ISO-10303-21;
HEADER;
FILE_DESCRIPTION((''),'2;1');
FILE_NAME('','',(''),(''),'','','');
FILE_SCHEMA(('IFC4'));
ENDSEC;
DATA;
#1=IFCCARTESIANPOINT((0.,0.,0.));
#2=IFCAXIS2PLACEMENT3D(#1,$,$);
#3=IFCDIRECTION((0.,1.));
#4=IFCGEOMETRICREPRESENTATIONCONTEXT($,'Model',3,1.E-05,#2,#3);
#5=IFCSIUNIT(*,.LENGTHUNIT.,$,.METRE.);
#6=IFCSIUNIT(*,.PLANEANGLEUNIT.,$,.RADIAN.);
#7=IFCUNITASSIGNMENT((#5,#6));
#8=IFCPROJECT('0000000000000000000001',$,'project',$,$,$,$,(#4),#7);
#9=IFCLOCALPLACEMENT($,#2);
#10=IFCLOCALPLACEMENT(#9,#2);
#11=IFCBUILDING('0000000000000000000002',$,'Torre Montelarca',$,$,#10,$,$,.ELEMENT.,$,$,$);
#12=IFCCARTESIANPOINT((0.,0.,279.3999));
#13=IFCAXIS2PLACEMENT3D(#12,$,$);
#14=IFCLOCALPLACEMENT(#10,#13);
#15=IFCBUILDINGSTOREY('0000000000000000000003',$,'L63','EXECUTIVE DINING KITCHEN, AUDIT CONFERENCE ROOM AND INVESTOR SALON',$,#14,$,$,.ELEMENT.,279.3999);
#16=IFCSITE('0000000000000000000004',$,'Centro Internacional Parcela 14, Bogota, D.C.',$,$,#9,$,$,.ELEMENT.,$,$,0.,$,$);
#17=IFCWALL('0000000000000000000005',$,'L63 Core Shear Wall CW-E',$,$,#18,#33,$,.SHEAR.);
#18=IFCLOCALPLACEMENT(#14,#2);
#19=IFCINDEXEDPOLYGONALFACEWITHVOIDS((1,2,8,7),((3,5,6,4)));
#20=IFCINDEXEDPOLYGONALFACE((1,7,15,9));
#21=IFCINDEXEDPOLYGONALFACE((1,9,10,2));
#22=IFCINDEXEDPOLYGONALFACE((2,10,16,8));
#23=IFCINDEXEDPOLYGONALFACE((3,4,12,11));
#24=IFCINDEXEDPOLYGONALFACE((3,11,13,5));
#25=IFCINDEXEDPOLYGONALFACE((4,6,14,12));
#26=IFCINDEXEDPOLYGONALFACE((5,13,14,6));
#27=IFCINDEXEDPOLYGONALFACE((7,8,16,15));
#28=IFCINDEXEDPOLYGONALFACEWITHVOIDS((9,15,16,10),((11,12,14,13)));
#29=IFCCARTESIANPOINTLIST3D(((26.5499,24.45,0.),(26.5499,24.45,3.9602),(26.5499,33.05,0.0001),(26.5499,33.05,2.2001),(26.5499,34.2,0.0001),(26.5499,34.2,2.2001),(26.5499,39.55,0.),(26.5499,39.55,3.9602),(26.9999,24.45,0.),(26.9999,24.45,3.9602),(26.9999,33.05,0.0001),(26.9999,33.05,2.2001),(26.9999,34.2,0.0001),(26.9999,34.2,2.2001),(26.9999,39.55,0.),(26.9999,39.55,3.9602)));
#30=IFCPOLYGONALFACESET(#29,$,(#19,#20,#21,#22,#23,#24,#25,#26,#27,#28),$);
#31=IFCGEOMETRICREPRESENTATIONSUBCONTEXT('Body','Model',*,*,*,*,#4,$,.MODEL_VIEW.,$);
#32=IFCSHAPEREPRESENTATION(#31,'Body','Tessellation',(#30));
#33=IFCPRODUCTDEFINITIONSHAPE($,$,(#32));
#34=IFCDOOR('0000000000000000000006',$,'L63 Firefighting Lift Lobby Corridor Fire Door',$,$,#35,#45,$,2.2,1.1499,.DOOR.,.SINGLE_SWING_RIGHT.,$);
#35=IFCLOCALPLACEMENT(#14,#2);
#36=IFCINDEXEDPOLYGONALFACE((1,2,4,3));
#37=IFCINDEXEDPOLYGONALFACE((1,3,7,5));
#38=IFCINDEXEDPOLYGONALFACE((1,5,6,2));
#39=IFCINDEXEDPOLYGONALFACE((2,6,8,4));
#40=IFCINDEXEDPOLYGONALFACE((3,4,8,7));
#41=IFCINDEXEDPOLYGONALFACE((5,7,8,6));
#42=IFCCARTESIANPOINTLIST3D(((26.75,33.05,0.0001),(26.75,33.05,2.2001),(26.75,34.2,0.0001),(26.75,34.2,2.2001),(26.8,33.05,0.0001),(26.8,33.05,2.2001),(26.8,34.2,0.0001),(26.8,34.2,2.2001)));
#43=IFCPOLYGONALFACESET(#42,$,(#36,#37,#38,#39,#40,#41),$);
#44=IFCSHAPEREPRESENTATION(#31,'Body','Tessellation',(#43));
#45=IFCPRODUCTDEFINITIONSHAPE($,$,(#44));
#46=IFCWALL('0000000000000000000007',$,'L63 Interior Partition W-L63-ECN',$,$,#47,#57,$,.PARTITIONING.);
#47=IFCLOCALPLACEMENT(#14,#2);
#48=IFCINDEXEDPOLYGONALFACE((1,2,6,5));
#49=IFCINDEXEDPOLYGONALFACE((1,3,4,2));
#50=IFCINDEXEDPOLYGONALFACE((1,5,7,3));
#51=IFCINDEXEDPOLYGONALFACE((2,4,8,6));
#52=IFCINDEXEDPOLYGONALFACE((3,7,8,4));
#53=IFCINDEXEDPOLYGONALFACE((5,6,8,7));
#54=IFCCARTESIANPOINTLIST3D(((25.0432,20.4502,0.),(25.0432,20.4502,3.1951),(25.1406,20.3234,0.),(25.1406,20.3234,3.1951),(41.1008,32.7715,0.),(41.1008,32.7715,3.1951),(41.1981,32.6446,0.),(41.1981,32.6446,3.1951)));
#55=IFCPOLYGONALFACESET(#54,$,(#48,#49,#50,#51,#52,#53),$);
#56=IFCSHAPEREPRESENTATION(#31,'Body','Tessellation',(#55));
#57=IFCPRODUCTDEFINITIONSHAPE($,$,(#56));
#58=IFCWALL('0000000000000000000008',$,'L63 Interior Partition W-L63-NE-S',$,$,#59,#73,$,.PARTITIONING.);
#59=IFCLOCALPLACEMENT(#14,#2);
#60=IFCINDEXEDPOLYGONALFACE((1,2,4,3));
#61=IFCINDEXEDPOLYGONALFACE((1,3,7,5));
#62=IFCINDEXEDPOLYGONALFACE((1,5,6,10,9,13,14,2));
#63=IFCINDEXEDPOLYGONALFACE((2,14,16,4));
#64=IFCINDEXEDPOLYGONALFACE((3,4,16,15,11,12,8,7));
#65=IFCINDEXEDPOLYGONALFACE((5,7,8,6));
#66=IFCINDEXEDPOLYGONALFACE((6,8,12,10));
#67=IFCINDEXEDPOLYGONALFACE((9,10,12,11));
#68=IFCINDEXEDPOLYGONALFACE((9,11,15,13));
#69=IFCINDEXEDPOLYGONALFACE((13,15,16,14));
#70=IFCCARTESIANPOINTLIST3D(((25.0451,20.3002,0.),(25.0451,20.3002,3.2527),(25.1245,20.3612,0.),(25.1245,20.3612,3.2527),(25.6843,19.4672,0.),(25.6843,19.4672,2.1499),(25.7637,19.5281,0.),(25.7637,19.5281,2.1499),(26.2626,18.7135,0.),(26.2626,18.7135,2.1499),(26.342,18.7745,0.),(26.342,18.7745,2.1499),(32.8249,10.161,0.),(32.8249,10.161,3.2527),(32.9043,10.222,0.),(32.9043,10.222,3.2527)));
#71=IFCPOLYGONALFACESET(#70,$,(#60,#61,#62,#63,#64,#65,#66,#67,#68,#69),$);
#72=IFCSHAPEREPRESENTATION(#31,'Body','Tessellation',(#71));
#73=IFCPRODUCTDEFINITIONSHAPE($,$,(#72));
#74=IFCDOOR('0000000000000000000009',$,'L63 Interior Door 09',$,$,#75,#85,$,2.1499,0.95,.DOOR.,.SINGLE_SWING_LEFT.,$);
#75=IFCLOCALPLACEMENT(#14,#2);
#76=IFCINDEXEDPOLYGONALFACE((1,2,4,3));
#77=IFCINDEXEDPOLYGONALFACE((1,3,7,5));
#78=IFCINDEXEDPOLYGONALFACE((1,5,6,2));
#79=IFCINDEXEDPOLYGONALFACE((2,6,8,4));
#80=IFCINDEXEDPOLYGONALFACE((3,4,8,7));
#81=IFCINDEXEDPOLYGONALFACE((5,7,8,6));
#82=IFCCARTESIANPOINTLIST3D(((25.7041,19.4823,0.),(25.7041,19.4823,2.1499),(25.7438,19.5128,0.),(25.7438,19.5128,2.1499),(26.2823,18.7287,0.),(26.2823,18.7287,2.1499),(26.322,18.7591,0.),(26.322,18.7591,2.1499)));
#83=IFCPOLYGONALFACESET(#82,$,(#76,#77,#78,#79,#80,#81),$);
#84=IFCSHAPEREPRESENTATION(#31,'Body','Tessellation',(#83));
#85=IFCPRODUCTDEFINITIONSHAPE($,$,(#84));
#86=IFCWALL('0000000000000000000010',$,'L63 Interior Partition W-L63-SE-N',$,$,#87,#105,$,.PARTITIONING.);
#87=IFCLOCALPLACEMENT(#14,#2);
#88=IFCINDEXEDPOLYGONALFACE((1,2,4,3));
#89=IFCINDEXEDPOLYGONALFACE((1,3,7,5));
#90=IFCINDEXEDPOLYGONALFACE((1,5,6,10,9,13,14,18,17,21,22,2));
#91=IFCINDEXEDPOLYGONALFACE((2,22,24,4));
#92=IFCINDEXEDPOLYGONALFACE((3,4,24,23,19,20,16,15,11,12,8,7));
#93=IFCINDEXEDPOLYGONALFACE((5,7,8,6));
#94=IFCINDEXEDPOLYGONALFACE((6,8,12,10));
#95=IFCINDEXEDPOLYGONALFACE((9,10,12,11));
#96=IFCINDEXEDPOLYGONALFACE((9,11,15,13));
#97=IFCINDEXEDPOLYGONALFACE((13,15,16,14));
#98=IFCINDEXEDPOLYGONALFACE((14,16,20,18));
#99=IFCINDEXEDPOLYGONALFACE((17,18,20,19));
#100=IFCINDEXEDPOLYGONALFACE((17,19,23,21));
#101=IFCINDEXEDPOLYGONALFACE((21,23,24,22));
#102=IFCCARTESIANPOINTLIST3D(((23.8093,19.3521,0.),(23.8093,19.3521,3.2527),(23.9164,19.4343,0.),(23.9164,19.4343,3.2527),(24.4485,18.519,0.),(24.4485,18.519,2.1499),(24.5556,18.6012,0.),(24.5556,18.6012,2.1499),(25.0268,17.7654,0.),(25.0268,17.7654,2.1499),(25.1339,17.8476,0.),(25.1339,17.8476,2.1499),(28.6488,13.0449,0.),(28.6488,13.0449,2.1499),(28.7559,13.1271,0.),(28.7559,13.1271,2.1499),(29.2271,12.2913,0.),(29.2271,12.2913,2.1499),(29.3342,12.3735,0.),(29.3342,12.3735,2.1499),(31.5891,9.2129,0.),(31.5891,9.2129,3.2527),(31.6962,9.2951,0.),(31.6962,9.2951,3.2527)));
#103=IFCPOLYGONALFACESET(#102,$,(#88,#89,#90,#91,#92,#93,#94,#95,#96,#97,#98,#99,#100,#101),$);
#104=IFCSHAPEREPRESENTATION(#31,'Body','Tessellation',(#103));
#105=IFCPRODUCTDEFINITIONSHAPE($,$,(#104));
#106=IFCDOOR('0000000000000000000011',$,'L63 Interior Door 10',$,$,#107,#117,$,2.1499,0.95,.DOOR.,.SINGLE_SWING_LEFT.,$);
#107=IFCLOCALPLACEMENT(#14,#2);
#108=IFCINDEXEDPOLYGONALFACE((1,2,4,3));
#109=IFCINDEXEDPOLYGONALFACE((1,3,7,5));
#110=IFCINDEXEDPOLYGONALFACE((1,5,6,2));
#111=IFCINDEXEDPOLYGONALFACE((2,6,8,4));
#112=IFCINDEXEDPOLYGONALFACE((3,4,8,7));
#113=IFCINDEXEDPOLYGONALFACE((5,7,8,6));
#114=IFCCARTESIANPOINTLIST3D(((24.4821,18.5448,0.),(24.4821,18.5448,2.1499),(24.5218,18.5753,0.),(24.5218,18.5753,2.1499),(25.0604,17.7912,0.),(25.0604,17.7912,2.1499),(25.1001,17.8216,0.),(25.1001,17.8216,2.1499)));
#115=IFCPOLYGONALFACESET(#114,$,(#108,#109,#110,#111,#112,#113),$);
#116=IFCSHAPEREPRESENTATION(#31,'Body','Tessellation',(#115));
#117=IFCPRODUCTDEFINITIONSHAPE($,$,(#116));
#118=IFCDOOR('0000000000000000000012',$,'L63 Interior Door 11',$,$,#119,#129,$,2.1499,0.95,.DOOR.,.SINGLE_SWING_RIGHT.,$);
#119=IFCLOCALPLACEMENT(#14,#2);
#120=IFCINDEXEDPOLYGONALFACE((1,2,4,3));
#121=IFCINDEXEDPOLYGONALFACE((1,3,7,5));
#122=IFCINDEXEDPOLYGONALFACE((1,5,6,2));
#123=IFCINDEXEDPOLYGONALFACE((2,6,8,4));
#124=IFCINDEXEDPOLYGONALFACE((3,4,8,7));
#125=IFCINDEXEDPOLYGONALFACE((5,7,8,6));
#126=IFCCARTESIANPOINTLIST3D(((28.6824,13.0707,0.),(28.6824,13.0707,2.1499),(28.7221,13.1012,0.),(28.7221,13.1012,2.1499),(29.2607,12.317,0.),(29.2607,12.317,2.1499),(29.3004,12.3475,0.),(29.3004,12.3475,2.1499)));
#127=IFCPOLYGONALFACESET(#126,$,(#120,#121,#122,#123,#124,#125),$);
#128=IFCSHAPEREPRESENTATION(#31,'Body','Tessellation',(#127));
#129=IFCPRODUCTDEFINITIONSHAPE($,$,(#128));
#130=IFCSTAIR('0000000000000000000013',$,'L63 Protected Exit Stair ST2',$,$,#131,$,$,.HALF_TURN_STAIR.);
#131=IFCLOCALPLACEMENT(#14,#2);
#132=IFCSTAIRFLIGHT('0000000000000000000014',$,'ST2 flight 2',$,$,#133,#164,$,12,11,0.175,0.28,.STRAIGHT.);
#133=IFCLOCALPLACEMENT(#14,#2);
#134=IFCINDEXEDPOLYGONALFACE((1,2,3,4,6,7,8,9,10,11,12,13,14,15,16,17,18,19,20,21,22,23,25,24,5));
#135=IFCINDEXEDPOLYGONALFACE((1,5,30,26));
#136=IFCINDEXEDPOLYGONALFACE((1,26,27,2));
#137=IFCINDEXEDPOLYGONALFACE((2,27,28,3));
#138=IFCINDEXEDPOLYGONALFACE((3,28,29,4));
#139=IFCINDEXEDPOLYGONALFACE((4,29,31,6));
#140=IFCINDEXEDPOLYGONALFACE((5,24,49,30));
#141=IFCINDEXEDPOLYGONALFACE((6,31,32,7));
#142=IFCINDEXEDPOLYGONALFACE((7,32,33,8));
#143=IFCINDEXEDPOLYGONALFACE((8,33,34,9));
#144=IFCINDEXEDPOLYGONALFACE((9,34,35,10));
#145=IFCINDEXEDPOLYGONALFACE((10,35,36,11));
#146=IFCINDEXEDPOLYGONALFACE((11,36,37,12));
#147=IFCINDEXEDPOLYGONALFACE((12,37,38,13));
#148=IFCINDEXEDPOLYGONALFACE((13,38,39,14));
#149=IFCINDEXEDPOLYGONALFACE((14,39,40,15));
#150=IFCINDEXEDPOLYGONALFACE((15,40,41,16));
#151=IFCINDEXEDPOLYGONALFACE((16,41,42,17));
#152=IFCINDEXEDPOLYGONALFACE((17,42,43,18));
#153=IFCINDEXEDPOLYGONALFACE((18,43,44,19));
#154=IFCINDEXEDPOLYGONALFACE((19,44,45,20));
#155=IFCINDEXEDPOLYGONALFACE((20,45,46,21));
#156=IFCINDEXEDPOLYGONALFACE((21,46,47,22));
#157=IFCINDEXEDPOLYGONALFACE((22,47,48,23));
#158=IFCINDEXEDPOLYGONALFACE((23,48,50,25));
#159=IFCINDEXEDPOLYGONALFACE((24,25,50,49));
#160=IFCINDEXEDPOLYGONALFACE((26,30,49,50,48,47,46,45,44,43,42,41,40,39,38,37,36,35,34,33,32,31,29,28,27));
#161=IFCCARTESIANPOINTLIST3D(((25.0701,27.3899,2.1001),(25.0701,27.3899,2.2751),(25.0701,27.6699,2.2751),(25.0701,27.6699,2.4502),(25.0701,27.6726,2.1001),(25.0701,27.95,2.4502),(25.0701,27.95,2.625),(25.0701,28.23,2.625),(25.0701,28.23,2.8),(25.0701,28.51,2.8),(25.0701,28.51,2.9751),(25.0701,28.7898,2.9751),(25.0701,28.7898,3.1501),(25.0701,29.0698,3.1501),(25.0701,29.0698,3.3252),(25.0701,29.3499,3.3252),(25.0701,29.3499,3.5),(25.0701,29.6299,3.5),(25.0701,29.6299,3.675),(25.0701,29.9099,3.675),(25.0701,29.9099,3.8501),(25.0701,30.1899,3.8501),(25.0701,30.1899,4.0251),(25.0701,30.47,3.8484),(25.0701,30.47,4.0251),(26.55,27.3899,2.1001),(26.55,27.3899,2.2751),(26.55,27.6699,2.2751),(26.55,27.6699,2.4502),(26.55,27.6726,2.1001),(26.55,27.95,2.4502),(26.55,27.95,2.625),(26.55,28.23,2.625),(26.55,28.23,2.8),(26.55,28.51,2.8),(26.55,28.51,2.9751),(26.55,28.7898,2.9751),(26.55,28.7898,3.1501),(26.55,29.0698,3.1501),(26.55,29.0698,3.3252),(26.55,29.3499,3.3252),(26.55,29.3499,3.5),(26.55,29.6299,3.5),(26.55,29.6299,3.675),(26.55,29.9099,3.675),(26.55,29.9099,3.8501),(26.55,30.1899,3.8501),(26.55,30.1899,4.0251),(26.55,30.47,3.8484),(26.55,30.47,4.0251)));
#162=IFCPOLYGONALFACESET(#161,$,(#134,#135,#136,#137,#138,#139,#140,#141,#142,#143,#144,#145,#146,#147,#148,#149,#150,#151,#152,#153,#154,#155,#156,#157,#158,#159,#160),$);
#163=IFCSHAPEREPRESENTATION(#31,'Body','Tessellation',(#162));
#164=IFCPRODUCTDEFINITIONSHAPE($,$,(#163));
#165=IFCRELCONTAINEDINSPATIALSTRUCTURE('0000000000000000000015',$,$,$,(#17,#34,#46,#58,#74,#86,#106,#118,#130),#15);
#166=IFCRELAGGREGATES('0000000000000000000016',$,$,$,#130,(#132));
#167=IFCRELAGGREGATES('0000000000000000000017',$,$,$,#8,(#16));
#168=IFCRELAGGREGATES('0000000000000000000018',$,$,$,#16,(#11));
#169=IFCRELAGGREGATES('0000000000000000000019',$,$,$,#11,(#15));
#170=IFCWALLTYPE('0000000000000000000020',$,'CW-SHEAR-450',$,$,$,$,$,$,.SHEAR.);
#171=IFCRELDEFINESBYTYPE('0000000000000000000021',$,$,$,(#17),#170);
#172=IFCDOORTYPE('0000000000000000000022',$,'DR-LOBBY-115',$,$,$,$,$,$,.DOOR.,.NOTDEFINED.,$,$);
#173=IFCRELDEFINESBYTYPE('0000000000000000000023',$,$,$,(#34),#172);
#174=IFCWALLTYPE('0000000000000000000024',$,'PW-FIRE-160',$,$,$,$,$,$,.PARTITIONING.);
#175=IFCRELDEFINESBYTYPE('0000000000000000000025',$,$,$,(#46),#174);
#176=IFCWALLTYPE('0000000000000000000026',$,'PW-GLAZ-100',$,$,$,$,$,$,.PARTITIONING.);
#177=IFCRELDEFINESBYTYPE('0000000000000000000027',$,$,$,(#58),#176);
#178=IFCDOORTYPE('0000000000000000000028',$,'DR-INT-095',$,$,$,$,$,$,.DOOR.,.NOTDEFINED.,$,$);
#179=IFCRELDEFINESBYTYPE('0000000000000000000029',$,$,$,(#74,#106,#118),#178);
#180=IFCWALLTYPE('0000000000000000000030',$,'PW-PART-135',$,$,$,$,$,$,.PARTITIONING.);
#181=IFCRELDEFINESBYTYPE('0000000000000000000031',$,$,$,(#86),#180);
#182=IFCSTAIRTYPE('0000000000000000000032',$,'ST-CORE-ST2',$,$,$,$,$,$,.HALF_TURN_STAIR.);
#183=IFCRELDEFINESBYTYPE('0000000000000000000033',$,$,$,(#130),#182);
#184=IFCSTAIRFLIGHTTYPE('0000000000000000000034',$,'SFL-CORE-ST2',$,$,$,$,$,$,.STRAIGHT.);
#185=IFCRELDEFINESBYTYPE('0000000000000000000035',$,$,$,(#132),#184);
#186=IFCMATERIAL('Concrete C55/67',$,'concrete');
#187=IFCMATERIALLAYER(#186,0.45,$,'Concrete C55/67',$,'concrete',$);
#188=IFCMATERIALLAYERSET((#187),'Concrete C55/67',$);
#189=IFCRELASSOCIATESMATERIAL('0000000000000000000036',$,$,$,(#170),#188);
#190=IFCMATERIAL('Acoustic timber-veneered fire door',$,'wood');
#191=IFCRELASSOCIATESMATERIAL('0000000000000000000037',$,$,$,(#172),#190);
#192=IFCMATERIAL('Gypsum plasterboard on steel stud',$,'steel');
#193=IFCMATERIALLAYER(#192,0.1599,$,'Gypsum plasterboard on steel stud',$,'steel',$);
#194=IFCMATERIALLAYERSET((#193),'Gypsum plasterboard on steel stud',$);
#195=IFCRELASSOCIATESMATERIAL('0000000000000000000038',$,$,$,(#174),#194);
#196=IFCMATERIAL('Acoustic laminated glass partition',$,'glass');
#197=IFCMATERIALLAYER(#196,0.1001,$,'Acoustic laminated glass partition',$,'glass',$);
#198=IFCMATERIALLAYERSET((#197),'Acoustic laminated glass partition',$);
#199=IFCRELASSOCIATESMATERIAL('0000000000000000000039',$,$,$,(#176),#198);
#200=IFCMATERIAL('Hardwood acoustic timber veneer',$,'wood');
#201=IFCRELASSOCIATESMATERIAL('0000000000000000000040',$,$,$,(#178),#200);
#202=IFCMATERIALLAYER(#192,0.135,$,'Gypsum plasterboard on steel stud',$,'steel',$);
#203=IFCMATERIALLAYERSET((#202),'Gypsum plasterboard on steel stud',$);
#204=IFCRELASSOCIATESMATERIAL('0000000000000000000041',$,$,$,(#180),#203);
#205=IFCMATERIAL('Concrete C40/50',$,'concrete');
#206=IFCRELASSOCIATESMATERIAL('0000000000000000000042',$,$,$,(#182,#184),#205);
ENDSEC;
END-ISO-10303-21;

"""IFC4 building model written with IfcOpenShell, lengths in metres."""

from ifc_helpers import new_model, si_unit, direction, frame, frame_2d, origin, place, context, subcontext, project, spatial, polyline, rectangle, outline, extrude, source, transform, mapped, material, layer, layer_set, type_object, element, fill, aggregate, save


model = new_model("IFC4")

# Units and contexts
model_context = context("Model", 3, precision=1e-05, world=origin(), true_north=direction((0.0, 1.0)))
body_context = subcontext(model_context, "Body", "Model", "MODEL_VIEW")
ifc_project = project(units=[si_unit("LENGTHUNIT", "METRE"), si_unit("PLANEANGLEUNIT", "RADIAN")], contexts=[model_context])

# Site, building, storey
site_placement = place(None, origin())
site = spatial("IfcSite", under=ifc_project, at=site_placement, Name="Centro Internacional Parcela 14, Bogota, D.C.", CompositionType="ELEMENT", RefElevation=0.0)
building_placement = place(site_placement, origin())
building = spatial("IfcBuilding", under=site, at=building_placement, Name="Torre Montelarca", CompositionType="ELEMENT")
storey_placement = place(building_placement, frame((0.0, 0.0, 279.3999)))
storey = spatial("IfcBuildingStorey", under=building, at=storey_placement, Name="L63", Description="EXECUTIVE DINING KITCHEN, AUDIT CONFERENCE ROOM AND INVESTOR SALON", CompositionType="ELEMENT", Elevation=279.3999)

# Shared definitions
ifc_material_1 = material(Name="Concrete C55/67", Category="concrete")

# Shared definitions
ifc_material_2 = material(Name="Concrete C40/50", Category="concrete")

# Wall, opening, door
ifc_layer_1 = layer(ifc_material_1, 0.45, Name="Concrete C55/67", Category="concrete")
ifc_layer_set_1 = layer_set([ifc_layer_1], Name="Concrete C55/67")
wall_type_1 = type_object("IfcWallType", Name="CW-SHEAR-450", PredefinedType="SHEAR", material=ifc_layer_set_1)
wall_1_placement = place(storey_placement, frame((26.7749, 24.45, 0.0), z_axis=(0.0, 0.0, 1.0), x_axis=(0.0, 1.0, 0.0)))
wall_1 = element("IfcWall", 1, at=wall_1_placement, inside=storey, type_object=wall_type_1, Name="L63 Core Shear Wall CW-E", PredefinedType="SHEAR", context=body_context, shape_type="SweptSolid", body=[
    extrude(rectangle(XDim=15.1001, YDim=0.45, at=frame_2d((7.55, 0.0))), origin(), (0.0, 0.0, 1.0), 3.9602),
])
opening_1_placement = place(wall_1_placement, frame((8.6001, 0.0, 0.0)))
opening_1 = element("IfcOpeningElement", 2, at=opening_1_placement, cuts=wall_1, PredefinedType="OPENING", context=body_context, shape_type="SweptSolid", body=[
    extrude(rectangle(XDim=1.1499, YDim=2.2, at=frame_2d((0.575, 1.1001))), frame((0.0, 0.2349, 0.0), z_axis=(0.0, -1.0, 0.0), x_axis=(1.0, 0.0, 0.0)), (0.0, 0.0, 1.0), 0.47),
])
ifc_material_3 = material(Name="Acoustic timber-veneered fire door", Category="wood")
door_type_1 = type_object("IfcDoorType", Name="DR-LOBBY-115", OperationType="NOTDEFINED", PredefinedType="DOOR", material=ifc_material_3)
shared_shape_1 = source(origin(), body_context, "Body", "SweptSolid", [
    extrude(rectangle(XDim=1.1499, YDim=2.2, at=frame_2d((0.575, 1.1001))), frame((0.0, 0.0249, 0.0), z_axis=(0.0, -1.0, 0.0), x_axis=(1.0, 0.0, 0.0)), (0.0, 0.0, 1.0), 0.05),
])
door_1_placement = place(opening_1_placement, origin())
door_1 = element("IfcDoor", 3, at=door_1_placement, inside=storey, type_object=door_type_1, Name="L63 Firefighting Lift Lobby Corridor Fire Door", OperationType="SINGLE_SWING_RIGHT", OverallHeight=2.2, OverallWidth=1.1499, PredefinedType="DOOR", context=body_context, shape_type="MappedRepresentation", body=[
    mapped(shared_shape_1, transform((0.0, 0.0, 0.0), scale=1.0)),
])
fill(opening_1, door_1)

# Wall
ifc_material_4 = material(Name="Gypsum plasterboard on steel stud", Category="steel")
ifc_layer_2 = layer(ifc_material_4, 0.1599, Name="Gypsum plasterboard on steel stud", Category="steel")
ifc_layer_set_2 = layer_set([ifc_layer_2], Name="Gypsum plasterboard on steel stud")
wall_type_2 = type_object("IfcWallType", Name="PW-FIRE-160", PredefinedType="PARTITIONING", material=ifc_layer_set_2)
wall_2_placement = place(storey_placement, frame((25.0918, 20.3867, 0.0), z_axis=(0.0, 0.0, 1.0), x_axis=(0.793357, 0.608757, 0.0)))
element("IfcWall", 4, at=wall_2_placement, inside=storey, type_object=wall_type_2, Name="L63 Interior Partition W-L63-ECN", PredefinedType="PARTITIONING", context=body_context, shape_type="SweptSolid", body=[
    extrude(rectangle(XDim=20.24, YDim=0.1599, at=frame_2d((10.1201, 0.0))), origin(), (0.0, 0.0, 1.0), 3.1951),
])

# Wall, opening, door
ifc_material_5 = material(Name="Acoustic laminated glass partition", Category="glass")
ifc_layer_3 = layer(ifc_material_5, 0.1001, Name="Acoustic laminated glass partition", Category="glass")
ifc_layer_set_3 = layer_set([ifc_layer_3], Name="Acoustic laminated glass partition")
wall_type_3 = type_object("IfcWallType", Name="PW-GLAZ-100", PredefinedType="PARTITIONING", material=ifc_layer_set_3)
wall_3_placement = place(storey_placement, frame((25.0847, 20.3308, 0.0), z_axis=(0.0, 0.0, 1.0), x_axis=(0.608748, -0.793363, 0.0)))
wall_3 = element("IfcWall", 5, at=wall_3_placement, inside=storey, type_object=wall_type_3, Name="L63 Interior Partition W-L63-NE-S", PredefinedType="PARTITIONING", context=body_context, shape_type="SweptSolid", body=[
    extrude(rectangle(XDim=12.78, YDim=0.1001, at=frame_2d((6.3901, 0.0))), origin(), (0.0, 0.0, 1.0), 3.2527),
])
opening_2_placement = place(wall_3_placement, frame((1.05, 0.0, 0.0)))
opening_2 = element("IfcOpeningElement", 6, at=opening_2_placement, cuts=wall_3, PredefinedType="OPENING", context=body_context, shape_type="SweptSolid", body=[
    extrude(rectangle(XDim=0.95, YDim=2.1499, at=frame_2d((0.4751, 1.075))), frame((0.0, 0.0601, 0.0), z_axis=(0.0, -1.0, 0.0), x_axis=(1.0, 0.0, 0.0)), (0.0, 0.0, 1.0), 0.1201),
])
ifc_material_6 = material(Name="Hardwood acoustic timber veneer", Category="wood")
door_type_2 = type_object("IfcDoorType", Name="DR-INT-095", OperationType="NOTDEFINED", PredefinedType="DOOR", material=ifc_material_6)
shared_shape_2 = source(origin(), body_context, "Body", "SweptSolid", [
    extrude(rectangle(XDim=0.95, YDim=2.1499, at=frame_2d((0.4751, 1.075))), frame((0.0, 0.0249, 0.0), z_axis=(0.0, -1.0, 0.0), x_axis=(1.0, 0.0, 0.0)), (0.0, 0.0, 1.0), 0.05),
])
door_2_placement = place(opening_2_placement, origin())
door_2 = element("IfcDoor", 7, at=door_2_placement, inside=storey, type_object=door_type_2, Name="L63 Interior Door 09", OperationType="SINGLE_SWING_LEFT", OverallHeight=2.1499, OverallWidth=0.95, PredefinedType="DOOR", context=body_context, shape_type="MappedRepresentation", body=[
    mapped(shared_shape_2, transform((0.0, 0.0, 0.0), scale=1.0)),
])
fill(opening_2, door_2)

# Wall, openings, doors
ifc_layer_4 = layer(ifc_material_4, 0.135, Name="Gypsum plasterboard on steel stud", Category="steel")
ifc_layer_set_4 = layer_set([ifc_layer_4], Name="Gypsum plasterboard on steel stud")
wall_type_4 = type_object("IfcWallType", Name="PW-PART-135", PredefinedType="PARTITIONING", material=ifc_layer_set_4)
wall_4_placement = place(storey_placement, frame((23.8628, 19.3933, 0.0), z_axis=(0.0, 0.0, 1.0), x_axis=(0.608748, -0.793363, 0.0)))
wall_4 = element("IfcWall", 8, at=wall_4_placement, inside=storey, type_object=wall_type_4, Name="L63 Interior Partition W-L63-SE-N", PredefinedType="PARTITIONING", context=body_context, shape_type="SweptSolid", body=[
    extrude(rectangle(XDim=12.78, YDim=0.135, at=frame_2d((6.3901, 0.0))), origin(), (0.0, 0.0, 1.0), 3.2527),
])
opening_3_placement = place(wall_4_placement, frame((1.05, 0.0, 0.0)))
opening_3 = element("IfcOpeningElement", 9, at=opening_3_placement, cuts=wall_4, PredefinedType="OPENING", context=body_context, shape_type="SweptSolid", body=[
    extrude(rectangle(XDim=0.95, YDim=2.1499, at=frame_2d((0.4751, 1.075))), frame((0.0, 0.0776, 0.0), z_axis=(0.0, -1.0, 0.0), x_axis=(1.0, 0.0, 0.0)), (0.0, 0.0, 1.0), 0.155),
])
opening_4_placement = place(wall_4_placement, frame((7.95, 0.0, 0.0)))
opening_4 = element("IfcOpeningElement", 10, at=opening_4_placement, cuts=wall_4, PredefinedType="OPENING", context=body_context, shape_type="SweptSolid", body=[
    extrude(rectangle(XDim=0.95, YDim=2.1499, at=frame_2d((0.4751, 1.075))), frame((0.0, 0.0776, 0.0), z_axis=(0.0, -1.0, 0.0), x_axis=(1.0, 0.0, 0.0)), (0.0, 0.0, 1.0), 0.155),
])
door_3_placement = place(opening_3_placement, origin())
door_3 = element("IfcDoor", 11, at=door_3_placement, inside=storey, type_object=door_type_2, Name="L63 Interior Door 10", OperationType="SINGLE_SWING_LEFT", OverallHeight=2.1499, OverallWidth=0.95, PredefinedType="DOOR", context=body_context, shape_type="MappedRepresentation", body=[
    mapped(shared_shape_2, transform((0.0, 0.0, 0.0), scale=1.0)),
])
fill(opening_3, door_3)
door_4_placement = place(opening_4_placement, origin())
door_4 = element("IfcDoor", 12, at=door_4_placement, inside=storey, type_object=door_type_2, Name="L63 Interior Door 11", OperationType="SINGLE_SWING_RIGHT", OverallHeight=2.1499, OverallWidth=0.95, PredefinedType="DOOR", context=body_context, shape_type="MappedRepresentation", body=[
    mapped(shared_shape_2, transform((0.0, 0.0, 0.0), scale=1.0)),
])
fill(opening_4, door_4)

# Stair, stair flight
stair_type = type_object("IfcStairType", Name="ST-CORE-ST2", PredefinedType="HALF_TURN_STAIR", material=ifc_material_2)
stair_placement = place(storey_placement, origin())
stair = element("IfcStair", 13, at=stair_placement, inside=storey, type_object=stair_type, Name="L63 Protected Exit Stair ST2", PredefinedType="HALF_TURN_STAIR")
stair_flight_type = type_object("IfcStairFlightType", Name="SFL-CORE-ST2", PredefinedType="STRAIGHT", material=ifc_material_2)
stair_flight_placement = place(storey_placement, frame((25.8101, 27.3899, 2.1001), z_axis=(0.0, 0.0, 1.0), x_axis=(0.0, 1.0, 0.0)))
stair_flight = element("IfcStairFlight", 14, at=stair_flight_placement, type_object=stair_flight_type, Name="ST2 flight 2", NumberOfRisers=12, NumberOfTreads=11, PredefinedType="STRAIGHT", RiserHeight=0.175, TreadLength=0.28, context=body_context, shape_type="SweptSolid", body=[
    extrude(outline(polyline([(0.0, 0.0), (0.0, 0.175), (0.28, 0.175), (0.28, 0.3501), (0.5601, 0.3501), (0.5601, 0.5249), (0.8401, 0.5249), (0.8401, 0.7), (1.1201, 0.7), (1.1201, 0.875), (1.3999, 0.875), (1.3999, 1.05), (1.6799, 1.05), (1.6799, 1.2251), (1.96, 1.2251), (1.96, 1.3999), (2.24, 1.3999), (2.24, 1.575), (2.52, 1.575), (2.52, 1.75), (2.8, 1.75), (2.8, 1.925), (3.0801, 1.925), (3.0801, 2.1001), (3.0801, 1.7483), (0.2827, 0.0), (0.0, 0.0)])), frame((0.0, 0.74, 0.0), z_axis=(0.0, -1.0, 0.0), x_axis=(1.0, 0.0, 0.0)), (0.0, 0.0, 1.0), 1.48),
])
aggregate(stair, [stair_flight])

save(model, "model.ifc")
